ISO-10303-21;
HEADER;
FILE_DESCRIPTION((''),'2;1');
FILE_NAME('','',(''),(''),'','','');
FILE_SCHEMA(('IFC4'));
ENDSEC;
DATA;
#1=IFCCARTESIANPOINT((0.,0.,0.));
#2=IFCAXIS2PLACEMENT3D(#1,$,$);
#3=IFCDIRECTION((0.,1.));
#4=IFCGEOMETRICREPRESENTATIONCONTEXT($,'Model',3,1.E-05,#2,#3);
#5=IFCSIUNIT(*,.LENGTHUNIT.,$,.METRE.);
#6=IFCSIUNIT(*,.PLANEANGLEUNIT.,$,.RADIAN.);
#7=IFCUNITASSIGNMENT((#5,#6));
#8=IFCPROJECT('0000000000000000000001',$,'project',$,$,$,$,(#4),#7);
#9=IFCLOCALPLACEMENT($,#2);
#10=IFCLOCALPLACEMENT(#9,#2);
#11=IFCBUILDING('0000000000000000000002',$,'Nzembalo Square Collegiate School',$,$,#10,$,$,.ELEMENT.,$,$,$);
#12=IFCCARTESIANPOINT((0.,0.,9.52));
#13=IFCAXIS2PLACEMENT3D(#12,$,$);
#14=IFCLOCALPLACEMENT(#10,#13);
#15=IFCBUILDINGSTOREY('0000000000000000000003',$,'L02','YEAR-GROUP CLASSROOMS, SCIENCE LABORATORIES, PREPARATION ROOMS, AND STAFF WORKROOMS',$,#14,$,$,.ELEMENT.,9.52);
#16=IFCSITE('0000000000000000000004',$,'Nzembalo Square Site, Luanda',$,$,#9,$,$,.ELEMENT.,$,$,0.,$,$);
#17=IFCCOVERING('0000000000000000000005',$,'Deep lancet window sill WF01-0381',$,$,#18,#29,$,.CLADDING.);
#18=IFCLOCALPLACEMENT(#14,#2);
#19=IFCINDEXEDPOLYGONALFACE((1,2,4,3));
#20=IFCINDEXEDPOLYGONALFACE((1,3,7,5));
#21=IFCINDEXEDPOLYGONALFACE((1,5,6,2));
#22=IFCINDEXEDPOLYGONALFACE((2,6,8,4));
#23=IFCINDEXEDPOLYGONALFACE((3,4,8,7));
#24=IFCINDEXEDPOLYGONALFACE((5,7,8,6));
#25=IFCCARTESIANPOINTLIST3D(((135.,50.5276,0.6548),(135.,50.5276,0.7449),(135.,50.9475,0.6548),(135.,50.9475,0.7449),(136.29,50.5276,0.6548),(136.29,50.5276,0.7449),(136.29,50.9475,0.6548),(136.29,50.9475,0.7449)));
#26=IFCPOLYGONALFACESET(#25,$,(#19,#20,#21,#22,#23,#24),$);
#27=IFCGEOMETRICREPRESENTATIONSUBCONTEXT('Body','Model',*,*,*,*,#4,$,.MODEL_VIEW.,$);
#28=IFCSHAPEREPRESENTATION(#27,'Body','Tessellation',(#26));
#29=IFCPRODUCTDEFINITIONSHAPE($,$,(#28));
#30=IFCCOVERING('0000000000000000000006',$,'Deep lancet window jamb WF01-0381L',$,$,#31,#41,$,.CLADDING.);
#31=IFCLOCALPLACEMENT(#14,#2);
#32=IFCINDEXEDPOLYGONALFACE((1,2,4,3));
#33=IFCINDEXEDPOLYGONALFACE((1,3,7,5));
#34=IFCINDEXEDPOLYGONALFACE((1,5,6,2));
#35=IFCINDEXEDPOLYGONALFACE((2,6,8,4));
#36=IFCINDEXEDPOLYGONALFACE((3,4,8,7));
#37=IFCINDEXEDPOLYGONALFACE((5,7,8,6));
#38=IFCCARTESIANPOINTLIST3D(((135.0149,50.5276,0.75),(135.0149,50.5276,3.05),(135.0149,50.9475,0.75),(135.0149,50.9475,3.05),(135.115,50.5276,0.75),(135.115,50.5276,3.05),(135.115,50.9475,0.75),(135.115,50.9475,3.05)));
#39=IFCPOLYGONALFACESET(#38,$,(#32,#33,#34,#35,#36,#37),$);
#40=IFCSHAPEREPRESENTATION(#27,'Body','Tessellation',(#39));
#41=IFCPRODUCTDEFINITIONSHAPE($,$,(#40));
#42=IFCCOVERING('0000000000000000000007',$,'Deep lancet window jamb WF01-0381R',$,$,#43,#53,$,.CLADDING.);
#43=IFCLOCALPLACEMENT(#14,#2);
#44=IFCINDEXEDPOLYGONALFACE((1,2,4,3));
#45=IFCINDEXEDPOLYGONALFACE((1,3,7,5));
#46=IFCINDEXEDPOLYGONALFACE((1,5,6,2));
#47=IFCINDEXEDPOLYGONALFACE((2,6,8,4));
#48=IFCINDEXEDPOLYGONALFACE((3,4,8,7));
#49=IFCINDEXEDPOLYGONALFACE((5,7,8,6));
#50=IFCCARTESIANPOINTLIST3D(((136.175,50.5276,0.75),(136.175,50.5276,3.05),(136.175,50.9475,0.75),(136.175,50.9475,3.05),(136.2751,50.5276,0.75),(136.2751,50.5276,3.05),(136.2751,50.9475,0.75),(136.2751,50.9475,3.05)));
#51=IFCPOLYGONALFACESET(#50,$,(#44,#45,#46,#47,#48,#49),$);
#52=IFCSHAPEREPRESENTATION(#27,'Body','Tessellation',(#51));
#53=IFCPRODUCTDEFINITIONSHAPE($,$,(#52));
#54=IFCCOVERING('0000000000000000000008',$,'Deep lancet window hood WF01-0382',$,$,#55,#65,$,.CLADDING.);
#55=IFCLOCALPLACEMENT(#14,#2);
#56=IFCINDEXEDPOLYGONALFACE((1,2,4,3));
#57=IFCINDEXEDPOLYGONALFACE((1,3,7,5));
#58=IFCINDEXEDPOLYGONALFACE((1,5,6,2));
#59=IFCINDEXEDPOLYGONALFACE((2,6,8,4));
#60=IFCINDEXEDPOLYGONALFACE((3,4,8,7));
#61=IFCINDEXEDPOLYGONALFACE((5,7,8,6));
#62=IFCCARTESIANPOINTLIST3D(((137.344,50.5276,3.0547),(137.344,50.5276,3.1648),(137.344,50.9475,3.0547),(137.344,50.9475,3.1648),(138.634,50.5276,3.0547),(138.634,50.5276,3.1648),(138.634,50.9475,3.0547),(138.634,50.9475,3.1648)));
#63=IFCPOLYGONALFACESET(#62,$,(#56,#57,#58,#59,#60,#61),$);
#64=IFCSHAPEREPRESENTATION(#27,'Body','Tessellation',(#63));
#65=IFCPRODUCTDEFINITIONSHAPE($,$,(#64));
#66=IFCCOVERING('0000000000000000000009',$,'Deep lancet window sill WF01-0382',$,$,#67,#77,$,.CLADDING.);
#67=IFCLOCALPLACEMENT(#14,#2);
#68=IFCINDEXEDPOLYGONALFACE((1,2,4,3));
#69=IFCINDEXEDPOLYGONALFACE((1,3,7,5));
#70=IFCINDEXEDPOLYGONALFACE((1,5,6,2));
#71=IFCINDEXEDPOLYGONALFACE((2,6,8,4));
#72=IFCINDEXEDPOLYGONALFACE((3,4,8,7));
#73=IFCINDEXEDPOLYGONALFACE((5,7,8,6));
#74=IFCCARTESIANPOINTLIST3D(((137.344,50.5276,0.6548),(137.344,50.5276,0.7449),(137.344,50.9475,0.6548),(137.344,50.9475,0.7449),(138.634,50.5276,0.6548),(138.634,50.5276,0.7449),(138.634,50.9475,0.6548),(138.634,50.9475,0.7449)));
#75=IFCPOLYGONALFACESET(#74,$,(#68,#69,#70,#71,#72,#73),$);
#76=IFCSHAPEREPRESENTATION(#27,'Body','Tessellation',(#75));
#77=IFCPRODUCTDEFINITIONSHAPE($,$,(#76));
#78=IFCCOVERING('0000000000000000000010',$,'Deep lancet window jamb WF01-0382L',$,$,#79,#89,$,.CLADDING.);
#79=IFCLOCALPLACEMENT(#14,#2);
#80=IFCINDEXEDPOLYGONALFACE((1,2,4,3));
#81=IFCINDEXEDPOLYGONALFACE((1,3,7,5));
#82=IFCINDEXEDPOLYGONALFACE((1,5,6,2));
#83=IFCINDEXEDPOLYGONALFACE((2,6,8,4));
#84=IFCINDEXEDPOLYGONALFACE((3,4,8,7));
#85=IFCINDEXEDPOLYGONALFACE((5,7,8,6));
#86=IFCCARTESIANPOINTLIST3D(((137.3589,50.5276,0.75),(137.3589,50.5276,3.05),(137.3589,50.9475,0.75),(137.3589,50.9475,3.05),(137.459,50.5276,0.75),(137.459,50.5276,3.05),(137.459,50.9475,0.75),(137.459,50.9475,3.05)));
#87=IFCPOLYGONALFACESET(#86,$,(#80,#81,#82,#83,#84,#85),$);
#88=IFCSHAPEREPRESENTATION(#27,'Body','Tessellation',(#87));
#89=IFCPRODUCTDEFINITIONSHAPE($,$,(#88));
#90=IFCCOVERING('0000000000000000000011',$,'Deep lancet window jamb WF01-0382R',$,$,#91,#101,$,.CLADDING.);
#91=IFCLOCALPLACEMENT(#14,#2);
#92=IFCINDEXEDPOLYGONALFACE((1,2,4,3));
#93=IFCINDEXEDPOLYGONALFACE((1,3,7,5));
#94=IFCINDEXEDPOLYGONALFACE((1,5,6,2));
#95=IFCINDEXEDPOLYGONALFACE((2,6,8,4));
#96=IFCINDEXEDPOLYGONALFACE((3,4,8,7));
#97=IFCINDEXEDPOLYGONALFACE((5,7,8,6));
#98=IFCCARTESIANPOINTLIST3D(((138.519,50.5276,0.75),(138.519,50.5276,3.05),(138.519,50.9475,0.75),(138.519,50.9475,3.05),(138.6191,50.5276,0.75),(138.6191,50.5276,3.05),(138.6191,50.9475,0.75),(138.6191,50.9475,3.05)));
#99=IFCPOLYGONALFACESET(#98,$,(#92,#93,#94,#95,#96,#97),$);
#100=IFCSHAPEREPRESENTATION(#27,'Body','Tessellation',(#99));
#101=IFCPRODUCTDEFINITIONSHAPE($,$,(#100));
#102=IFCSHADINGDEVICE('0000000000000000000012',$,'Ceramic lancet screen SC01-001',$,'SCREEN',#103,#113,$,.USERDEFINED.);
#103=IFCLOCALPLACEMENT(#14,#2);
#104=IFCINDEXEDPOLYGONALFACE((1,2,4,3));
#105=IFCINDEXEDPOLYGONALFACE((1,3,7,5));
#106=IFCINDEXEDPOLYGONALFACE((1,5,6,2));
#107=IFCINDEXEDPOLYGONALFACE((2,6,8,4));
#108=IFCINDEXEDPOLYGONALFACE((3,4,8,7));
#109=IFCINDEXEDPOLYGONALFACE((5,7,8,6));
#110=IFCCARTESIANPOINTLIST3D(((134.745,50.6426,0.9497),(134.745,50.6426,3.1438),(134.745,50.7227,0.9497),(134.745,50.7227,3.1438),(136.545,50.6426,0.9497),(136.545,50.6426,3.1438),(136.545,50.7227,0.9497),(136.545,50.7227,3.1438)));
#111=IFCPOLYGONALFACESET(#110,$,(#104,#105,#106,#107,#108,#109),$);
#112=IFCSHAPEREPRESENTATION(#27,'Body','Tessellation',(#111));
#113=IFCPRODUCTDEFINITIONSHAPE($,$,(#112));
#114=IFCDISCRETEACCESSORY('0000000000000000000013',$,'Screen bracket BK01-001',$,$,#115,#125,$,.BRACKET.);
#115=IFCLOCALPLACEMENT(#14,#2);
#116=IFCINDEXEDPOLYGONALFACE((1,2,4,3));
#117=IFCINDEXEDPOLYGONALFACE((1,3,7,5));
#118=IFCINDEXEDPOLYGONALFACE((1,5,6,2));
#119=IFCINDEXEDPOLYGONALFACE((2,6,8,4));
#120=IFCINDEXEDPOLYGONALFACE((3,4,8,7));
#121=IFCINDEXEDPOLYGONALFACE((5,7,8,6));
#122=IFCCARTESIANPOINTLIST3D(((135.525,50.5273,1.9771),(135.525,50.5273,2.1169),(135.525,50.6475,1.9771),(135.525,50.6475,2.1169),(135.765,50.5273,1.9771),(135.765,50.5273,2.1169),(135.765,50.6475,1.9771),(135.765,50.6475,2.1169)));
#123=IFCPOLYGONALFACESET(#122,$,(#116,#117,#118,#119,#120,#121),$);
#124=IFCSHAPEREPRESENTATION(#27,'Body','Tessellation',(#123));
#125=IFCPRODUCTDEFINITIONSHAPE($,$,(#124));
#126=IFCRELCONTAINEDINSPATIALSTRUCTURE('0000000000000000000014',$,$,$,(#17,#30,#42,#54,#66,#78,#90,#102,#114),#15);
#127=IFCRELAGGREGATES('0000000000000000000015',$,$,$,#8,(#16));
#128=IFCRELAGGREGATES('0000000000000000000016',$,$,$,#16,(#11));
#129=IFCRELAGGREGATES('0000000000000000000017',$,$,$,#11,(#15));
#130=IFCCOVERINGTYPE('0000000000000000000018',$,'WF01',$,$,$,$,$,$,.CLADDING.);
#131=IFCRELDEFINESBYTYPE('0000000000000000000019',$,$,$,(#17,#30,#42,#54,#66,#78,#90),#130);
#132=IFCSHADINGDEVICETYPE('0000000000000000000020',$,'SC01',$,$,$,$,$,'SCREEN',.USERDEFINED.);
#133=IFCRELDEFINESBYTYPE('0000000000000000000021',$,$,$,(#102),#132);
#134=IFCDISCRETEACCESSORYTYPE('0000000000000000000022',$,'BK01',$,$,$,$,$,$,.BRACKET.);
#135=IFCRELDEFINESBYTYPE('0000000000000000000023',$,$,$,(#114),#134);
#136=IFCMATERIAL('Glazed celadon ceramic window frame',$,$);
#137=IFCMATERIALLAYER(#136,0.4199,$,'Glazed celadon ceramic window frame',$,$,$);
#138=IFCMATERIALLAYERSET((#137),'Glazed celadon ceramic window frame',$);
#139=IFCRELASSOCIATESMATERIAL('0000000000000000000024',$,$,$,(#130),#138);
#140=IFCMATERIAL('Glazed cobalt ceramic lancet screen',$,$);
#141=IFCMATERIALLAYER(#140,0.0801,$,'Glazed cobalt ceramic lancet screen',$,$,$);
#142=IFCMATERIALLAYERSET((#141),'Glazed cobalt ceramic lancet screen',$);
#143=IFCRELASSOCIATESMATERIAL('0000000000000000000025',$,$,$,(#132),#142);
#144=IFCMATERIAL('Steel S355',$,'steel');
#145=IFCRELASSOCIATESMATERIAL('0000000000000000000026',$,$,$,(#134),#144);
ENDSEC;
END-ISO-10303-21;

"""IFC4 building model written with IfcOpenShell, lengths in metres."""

from ifc_helpers import new_model, si_unit, direction, frame, origin, origin_2d, place, context, subcontext, project, spatial, rectangle, extrude, material, layer, layer_set, type_object, element, save


model = new_model("IFC4")

# Units and contexts
model_context = context("Model", 3, precision=1e-05, world=origin(), true_north=direction((0.0, 1.0)))
body_context = subcontext(model_context, "Body", "Model", "MODEL_VIEW")
ifc_project = project(units=[si_unit("LENGTHUNIT", "METRE"), si_unit("PLANEANGLEUNIT", "RADIAN")], contexts=[model_context])

# Site, building, storey
site_placement = place(None, origin())
site = spatial("IfcSite", under=ifc_project, at=site_placement, Name="Nzembalo Square Site, Luanda", CompositionType="ELEMENT", RefElevation=0.0)
building_placement = place(site_placement, origin())
building = spatial("IfcBuilding", under=site, at=building_placement, Name="Nzembalo Square Collegiate School", CompositionType="ELEMENT")
storey_placement = place(building_placement, frame((0.0, 0.0, 9.52)))
storey = spatial("IfcBuildingStorey", under=building, at=storey_placement, Name="L02", Description="YEAR-GROUP CLASSROOMS, SCIENCE LABORATORIES, PREPARATION ROOMS, AND STAFF WORKROOMS", CompositionType="ELEMENT", Elevation=9.52)

# Coverings
ifc_material_1 = material(Name="Glazed celadon ceramic window frame")
ifc_layer_1 = layer(ifc_material_1, 0.4199, Name="Glazed celadon ceramic window frame")
ifc_layer_set_1 = layer_set([ifc_layer_1], Name="Glazed celadon ceramic window frame")
covering_type_1 = type_object("IfcCoveringType", Name="WF01", PredefinedType="CLADDING", material=ifc_layer_set_1)
covering_1_placement = place(storey_placement, frame((135.645, 50.7375, 0.6548), z_axis=(0.0, 0.0, 1.0), x_axis=(1.0, 0.0, 0.0)))
element("IfcCovering", 1, at=covering_1_placement, inside=storey, type_object=covering_type_1, Name="Deep lancet window sill WF01-0381", PredefinedType="CLADDING", context=body_context, shape_type="SweptSolid", body=[
    extrude(rectangle(XDim=1.29, YDim=0.4199, at=origin_2d()), origin(), (0.0, 0.0, 1.0), 0.0901),
])
for number, where, z_axis, x_axis, name in (
    (2, (135.0649, 50.7375, 0.75), (0.0, 0.0, 1.0), (1.0, 0.0, 0.0), "Deep lancet window jamb WF01-0381L"),
    (3, (136.2251, 50.7375, 0.75), (0.0, 0.0, 1.0), (1.0, 0.0, 0.0), "Deep lancet window jamb WF01-0381R"),
):
    element("IfcCovering", number, at=place(storey_placement, frame(where, z_axis=z_axis, x_axis=x_axis)), inside=storey, type_object=covering_type_1, Name=name, PredefinedType="CLADDING", context=body_context, shape_type="SweptSolid", body=[
        extrude(rectangle(XDim=0.1001, YDim=0.4199, at=origin_2d()), origin(), (0.0, 0.0, 1.0), 2.3),
    ])
covering_2_placement = place(storey_placement, frame((137.989, 50.7375, 3.0547), z_axis=(0.0, 0.0, 1.0), x_axis=(1.0, 0.0, 0.0)))
element("IfcCovering", 4, at=covering_2_placement, inside=storey, type_object=covering_type_1, Name="Deep lancet window hood WF01-0382", PredefinedType="CLADDING", context=body_context, shape_type="SweptSolid", body=[
    extrude(rectangle(XDim=1.29, YDim=0.4199, at=origin_2d()), origin(), (0.0, 0.0, 1.0), 0.1101),
])
covering_3_placement = place(storey_placement, frame((137.989, 50.7375, 0.6548), z_axis=(0.0, 0.0, 1.0), x_axis=(1.0, 0.0, 0.0)))
element("IfcCovering", 5, at=covering_3_placement, inside=storey, type_object=covering_type_1, Name="Deep lancet window sill WF01-0382", PredefinedType="CLADDING", context=body_context, shape_type="SweptSolid", body=[
    extrude(rectangle(XDim=1.29, YDim=0.4199, at=origin_2d()), origin(), (0.0, 0.0, 1.0), 0.0901),
])
for number, where, z_axis, x_axis, name in (
    (6, (137.4089, 50.7375, 0.75), (0.0, 0.0, 1.0), (1.0, 0.0, 0.0), "Deep lancet window jamb WF01-0382L"),
    (7, (138.5691, 50.7375, 0.75), (0.0, 0.0, 1.0), (1.0, 0.0, 0.0), "Deep lancet window jamb WF01-0382R"),
):
    element("IfcCovering", number, at=place(storey_placement, frame(where, z_axis=z_axis, x_axis=x_axis)), inside=storey, type_object=covering_type_1, Name=name, PredefinedType="CLADDING", context=body_context, shape_type="SweptSolid", body=[
        extrude(rectangle(XDim=0.1001, YDim=0.4199, at=origin_2d()), origin(), (0.0, 0.0, 1.0), 2.3),
    ])

# Shading device
ifc_material_2 = material(Name="Glazed cobalt ceramic lancet screen")
ifc_layer_2 = layer(ifc_material_2, 0.0801, Name="Glazed cobalt ceramic lancet screen")
ifc_layer_set_2 = layer_set([ifc_layer_2], Name="Glazed cobalt ceramic lancet screen")
shading_device_type = type_object("IfcShadingDeviceType", Name="SC01", ElementType="SCREEN", PredefinedType="USERDEFINED", material=ifc_layer_set_2)
shading_device_placement = place(storey_placement, frame((135.645, 50.6826, 0.9497), z_axis=(0.0, 0.0, 1.0), x_axis=(1.0, 0.0, 0.0)))
element("IfcShadingDevice", 8, at=shading_device_placement, inside=storey, type_object=shading_device_type, Name="Ceramic lancet screen SC01-001", ObjectType="SCREEN", PredefinedType="USERDEFINED", context=body_context, shape_type="SweptSolid", body=[
    extrude(rectangle(XDim=1.8, YDim=0.0801, at=origin_2d()), origin(), (0.0, 0.0, 1.0), 2.1941),
])

# Discrete accessory
ifc_material_3 = material(Name="Steel S355", Category="steel")
discrete_accessory_type = type_object("IfcDiscreteAccessoryType", Name="BK01", PredefinedType="BRACKET", material=ifc_material_3)
discrete_accessory_placement = place(storey_placement, frame((135.645, 50.5874, 1.9771), z_axis=(0.0, 0.0, 1.0), x_axis=(1.0, 0.0, 0.0)))
element("IfcDiscreteAccessory", 9, at=discrete_accessory_placement, inside=storey, type_object=discrete_accessory_type, Name="Screen bracket BK01-001", PredefinedType="BRACKET", context=body_context, shape_type="SweptSolid", body=[
    extrude(rectangle(XDim=0.24, YDim=0.1201, at=origin_2d()), origin(), (0.0, 0.0, 1.0), 0.1399),
])

save(model, "model.ifc")
